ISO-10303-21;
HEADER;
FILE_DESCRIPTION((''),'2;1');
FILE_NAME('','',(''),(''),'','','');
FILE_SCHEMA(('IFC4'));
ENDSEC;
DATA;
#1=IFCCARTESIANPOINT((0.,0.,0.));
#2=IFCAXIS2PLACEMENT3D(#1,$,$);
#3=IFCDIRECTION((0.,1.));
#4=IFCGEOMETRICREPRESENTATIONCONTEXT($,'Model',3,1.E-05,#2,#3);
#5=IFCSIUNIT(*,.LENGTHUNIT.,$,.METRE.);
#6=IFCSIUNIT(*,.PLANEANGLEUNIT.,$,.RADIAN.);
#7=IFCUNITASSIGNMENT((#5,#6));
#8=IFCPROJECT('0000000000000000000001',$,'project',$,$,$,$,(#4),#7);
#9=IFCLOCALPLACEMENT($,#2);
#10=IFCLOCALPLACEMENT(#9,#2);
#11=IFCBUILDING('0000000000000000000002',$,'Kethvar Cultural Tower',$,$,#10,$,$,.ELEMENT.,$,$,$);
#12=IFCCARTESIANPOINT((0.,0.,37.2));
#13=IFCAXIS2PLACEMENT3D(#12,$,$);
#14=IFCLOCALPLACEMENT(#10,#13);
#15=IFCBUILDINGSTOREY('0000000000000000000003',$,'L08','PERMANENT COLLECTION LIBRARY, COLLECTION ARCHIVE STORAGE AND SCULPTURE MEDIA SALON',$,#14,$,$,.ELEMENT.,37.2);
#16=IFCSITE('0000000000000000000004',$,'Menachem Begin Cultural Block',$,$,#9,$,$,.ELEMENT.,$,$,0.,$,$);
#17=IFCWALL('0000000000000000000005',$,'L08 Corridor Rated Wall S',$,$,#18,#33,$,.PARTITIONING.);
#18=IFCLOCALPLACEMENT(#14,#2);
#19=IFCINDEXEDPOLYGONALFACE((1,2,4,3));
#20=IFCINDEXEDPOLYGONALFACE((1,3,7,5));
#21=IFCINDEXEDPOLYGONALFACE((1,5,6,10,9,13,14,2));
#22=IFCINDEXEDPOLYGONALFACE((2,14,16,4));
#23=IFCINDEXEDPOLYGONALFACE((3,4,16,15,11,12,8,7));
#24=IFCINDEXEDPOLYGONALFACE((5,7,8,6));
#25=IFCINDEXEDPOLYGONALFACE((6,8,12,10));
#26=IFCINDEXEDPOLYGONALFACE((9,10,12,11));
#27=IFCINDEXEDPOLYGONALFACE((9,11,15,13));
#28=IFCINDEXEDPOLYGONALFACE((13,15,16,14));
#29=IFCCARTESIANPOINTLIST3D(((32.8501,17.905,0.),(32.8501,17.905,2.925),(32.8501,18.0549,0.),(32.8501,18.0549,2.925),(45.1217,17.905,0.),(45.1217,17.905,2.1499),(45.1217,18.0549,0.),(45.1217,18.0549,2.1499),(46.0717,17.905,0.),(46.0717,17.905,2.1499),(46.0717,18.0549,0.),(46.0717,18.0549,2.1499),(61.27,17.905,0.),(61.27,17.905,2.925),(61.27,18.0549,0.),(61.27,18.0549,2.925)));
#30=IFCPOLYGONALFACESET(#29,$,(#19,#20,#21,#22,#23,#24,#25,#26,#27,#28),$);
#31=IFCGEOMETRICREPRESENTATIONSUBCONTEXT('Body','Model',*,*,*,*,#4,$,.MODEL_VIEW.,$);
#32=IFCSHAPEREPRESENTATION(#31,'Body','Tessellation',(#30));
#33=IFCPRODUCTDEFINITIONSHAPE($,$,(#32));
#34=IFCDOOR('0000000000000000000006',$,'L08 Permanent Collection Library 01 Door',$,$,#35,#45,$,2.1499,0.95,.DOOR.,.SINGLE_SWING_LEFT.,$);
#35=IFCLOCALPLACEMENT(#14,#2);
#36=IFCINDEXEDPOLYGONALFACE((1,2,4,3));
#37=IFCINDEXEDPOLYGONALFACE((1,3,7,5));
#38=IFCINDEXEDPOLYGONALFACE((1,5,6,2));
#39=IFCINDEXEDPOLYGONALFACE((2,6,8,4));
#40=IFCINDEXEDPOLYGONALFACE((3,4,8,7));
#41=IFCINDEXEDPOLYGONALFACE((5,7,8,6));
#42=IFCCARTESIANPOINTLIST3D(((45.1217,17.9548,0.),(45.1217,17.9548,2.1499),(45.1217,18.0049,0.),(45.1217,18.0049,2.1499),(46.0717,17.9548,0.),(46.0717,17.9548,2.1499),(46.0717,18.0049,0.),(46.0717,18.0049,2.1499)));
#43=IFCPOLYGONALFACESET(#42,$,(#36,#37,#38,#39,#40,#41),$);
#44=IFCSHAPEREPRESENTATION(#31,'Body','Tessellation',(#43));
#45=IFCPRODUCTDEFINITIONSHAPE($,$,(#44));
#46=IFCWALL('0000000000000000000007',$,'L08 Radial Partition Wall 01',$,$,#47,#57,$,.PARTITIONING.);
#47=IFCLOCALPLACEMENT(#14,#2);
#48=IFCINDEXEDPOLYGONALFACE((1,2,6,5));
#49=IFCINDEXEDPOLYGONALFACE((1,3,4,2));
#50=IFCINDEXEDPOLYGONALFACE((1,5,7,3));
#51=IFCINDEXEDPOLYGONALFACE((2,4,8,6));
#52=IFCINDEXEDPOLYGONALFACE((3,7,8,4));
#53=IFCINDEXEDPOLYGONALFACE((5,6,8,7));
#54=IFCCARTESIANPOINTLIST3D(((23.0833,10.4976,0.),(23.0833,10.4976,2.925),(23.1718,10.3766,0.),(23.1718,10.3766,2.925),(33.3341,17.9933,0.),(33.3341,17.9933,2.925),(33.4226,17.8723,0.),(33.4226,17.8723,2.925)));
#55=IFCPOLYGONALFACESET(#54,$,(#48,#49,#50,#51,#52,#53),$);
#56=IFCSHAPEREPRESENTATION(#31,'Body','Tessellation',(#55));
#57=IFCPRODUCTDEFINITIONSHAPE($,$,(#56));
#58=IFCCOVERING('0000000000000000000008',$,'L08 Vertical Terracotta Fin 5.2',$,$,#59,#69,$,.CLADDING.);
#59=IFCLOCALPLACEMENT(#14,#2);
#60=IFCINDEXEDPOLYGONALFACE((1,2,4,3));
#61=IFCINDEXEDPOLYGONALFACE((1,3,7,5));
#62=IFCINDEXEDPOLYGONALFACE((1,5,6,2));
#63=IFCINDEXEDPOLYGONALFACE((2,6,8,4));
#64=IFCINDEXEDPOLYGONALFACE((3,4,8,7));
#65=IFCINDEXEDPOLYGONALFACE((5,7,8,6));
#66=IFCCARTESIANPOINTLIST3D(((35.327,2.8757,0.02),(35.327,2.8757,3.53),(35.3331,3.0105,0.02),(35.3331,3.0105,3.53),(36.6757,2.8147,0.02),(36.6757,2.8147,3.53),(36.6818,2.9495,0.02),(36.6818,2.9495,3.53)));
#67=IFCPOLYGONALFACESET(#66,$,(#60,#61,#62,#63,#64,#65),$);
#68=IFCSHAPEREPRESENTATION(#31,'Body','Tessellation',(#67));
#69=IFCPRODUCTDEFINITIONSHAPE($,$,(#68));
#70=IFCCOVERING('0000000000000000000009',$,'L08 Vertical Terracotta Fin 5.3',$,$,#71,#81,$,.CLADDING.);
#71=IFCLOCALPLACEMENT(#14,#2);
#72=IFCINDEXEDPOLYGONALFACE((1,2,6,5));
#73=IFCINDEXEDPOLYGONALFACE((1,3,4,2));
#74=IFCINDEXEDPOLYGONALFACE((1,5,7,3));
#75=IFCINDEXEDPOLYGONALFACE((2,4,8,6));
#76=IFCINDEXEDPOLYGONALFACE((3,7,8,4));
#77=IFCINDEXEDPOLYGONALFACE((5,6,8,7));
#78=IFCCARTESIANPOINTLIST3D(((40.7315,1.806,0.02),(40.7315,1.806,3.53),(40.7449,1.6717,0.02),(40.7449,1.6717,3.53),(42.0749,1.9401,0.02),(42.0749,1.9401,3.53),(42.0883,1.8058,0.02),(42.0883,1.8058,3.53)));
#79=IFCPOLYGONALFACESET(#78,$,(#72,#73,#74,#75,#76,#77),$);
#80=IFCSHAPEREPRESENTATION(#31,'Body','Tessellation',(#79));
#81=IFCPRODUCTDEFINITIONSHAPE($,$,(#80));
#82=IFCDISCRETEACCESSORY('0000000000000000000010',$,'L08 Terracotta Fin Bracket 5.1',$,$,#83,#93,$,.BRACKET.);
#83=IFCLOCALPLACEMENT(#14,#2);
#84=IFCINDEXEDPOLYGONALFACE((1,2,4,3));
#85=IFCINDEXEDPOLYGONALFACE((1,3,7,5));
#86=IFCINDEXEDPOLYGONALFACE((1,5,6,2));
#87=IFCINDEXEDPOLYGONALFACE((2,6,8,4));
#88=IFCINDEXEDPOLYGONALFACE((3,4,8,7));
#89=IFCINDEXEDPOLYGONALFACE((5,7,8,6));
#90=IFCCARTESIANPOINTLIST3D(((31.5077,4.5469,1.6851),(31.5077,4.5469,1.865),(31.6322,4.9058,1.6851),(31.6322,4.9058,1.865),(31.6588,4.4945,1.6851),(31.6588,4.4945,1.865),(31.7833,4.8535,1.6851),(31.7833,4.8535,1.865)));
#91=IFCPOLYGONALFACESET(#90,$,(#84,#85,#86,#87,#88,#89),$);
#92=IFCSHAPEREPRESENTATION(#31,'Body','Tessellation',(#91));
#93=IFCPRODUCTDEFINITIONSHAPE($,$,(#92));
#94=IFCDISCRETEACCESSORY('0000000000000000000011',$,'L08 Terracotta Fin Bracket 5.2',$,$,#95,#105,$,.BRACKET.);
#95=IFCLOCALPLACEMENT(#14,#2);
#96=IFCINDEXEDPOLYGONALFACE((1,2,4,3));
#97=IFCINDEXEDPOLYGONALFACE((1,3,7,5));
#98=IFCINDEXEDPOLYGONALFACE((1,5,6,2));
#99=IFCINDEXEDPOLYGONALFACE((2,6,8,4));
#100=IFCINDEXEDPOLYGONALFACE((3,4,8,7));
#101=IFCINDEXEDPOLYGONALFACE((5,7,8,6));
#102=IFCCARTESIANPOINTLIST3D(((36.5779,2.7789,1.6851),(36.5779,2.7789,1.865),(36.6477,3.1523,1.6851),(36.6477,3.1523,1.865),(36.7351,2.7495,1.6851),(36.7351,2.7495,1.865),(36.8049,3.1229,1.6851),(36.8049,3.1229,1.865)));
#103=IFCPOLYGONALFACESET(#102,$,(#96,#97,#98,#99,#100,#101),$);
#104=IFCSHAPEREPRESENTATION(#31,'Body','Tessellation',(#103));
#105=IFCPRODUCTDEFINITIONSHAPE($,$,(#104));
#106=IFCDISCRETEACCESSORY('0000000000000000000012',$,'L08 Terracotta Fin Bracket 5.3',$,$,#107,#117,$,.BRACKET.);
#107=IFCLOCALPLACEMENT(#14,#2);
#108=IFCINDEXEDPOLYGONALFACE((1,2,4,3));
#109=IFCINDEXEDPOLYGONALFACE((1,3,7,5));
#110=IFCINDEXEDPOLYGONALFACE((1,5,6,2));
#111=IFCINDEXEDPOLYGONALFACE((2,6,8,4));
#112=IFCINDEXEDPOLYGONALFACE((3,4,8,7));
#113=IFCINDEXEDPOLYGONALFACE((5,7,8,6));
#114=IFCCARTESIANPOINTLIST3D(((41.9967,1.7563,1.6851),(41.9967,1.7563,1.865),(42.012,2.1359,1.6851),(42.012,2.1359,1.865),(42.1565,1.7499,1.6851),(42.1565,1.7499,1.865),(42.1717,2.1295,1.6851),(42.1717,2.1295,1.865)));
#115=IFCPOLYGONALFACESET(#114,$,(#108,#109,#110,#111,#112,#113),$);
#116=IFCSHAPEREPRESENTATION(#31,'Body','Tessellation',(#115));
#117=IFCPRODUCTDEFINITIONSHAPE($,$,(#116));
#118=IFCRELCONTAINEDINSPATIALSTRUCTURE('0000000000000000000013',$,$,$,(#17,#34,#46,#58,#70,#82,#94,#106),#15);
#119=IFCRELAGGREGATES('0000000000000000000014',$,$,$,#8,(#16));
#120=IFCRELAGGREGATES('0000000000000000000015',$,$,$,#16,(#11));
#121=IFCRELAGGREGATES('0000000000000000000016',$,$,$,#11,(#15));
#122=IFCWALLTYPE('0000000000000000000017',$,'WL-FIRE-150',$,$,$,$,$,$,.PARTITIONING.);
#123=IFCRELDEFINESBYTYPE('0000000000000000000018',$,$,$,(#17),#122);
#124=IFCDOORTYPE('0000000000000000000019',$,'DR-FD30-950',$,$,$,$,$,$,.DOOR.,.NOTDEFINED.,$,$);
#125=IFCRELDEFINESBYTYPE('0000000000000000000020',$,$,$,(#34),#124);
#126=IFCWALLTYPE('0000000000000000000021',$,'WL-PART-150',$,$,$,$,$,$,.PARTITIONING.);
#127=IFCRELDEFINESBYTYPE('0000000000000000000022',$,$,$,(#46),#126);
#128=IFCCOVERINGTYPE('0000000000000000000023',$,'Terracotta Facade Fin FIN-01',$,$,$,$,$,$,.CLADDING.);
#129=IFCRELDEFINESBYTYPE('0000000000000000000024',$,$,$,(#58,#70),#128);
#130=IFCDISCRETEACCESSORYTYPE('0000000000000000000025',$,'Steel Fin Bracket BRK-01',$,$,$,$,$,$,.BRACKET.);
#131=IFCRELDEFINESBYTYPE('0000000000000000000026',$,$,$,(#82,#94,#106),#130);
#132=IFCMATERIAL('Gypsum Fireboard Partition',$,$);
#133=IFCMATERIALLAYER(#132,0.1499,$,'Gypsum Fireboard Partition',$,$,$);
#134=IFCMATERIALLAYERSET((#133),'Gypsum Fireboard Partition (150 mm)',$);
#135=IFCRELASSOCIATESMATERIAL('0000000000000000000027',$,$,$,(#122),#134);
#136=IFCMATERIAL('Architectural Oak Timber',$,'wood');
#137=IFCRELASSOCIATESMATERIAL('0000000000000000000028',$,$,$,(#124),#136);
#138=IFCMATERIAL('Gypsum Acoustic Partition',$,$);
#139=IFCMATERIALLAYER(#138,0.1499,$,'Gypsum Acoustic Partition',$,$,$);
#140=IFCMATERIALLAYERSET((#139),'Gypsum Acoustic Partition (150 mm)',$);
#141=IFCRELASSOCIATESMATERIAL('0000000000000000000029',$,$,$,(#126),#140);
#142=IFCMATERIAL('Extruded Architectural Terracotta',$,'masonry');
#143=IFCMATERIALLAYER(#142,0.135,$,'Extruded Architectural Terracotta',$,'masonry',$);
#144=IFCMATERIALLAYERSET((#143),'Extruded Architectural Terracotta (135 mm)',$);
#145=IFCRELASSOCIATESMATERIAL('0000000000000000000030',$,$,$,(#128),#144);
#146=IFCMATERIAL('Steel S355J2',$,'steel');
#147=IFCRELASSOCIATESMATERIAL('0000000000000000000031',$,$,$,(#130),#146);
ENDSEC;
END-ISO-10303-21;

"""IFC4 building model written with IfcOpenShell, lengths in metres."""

from ifc_helpers import new_model, si_unit, direction, frame, frame_2d, origin, origin_2d, place, context, subcontext, project, spatial, rectangle, extrude, source, transform, mapped, material, layer, layer_set, type_object, element, fill, save


model = new_model("IFC4")

# Units and contexts
model_context = context("Model", 3, precision=1e-05, world=origin(), true_north=direction((0.0, 1.0)))
body_context = subcontext(model_context, "Body", "Model", "MODEL_VIEW")
ifc_project = project(units=[si_unit("LENGTHUNIT", "METRE"), si_unit("PLANEANGLEUNIT", "RADIAN")], contexts=[model_context])

# Site, building, storey
site_placement = place(None, origin())
site = spatial("IfcSite", under=ifc_project, at=site_placement, Name="Menachem Begin Cultural Block", CompositionType="ELEMENT", RefElevation=0.0)
building_placement = place(site_placement, origin())
building = spatial("IfcBuilding", under=site, at=building_placement, Name="Kethvar Cultural Tower", CompositionType="ELEMENT")
storey_placement = place(building_placement, frame((0.0, 0.0, 37.2)))
storey = spatial("IfcBuildingStorey", under=building, at=storey_placement, Name="L08", Description="PERMANENT COLLECTION LIBRARY, COLLECTION ARCHIVE STORAGE AND SCULPTURE MEDIA SALON", CompositionType="ELEMENT", Elevation=37.2)

# Shared definitions
ifc_material_1 = material(Name="Steel S355J2", Category="steel")

# Wall, opening, door
ifc_material_2 = material(Name="Gypsum Fireboard Partition")
ifc_layer_1 = layer(ifc_material_2, 0.1499, Name="Gypsum Fireboard Partition")
ifc_layer_set_1 = layer_set([ifc_layer_1], Name="Gypsum Fireboard Partition (150 mm)")
wall_type_1 = type_object("IfcWallType", Name="WL-FIRE-150", PredefinedType="PARTITIONING", material=ifc_layer_set_1)
wall_1_placement = place(storey_placement, frame((32.8501, 17.98, 0.0), z_axis=(0.0, 0.0, 1.0), x_axis=(1.0, 0.0, 0.0)))
wall_1 = element("IfcWall", 1, at=wall_1_placement, inside=storey, type_object=wall_type_1, Name="L08 Corridor Rated Wall S", PredefinedType="PARTITIONING", context=body_context, shape_type="SweptSolid", body=[
    extrude(rectangle(XDim=28.4199, YDim=0.1499, at=frame_2d((14.21, 0.0))), origin(), (0.0, 0.0, 1.0), 2.925),
])
opening_1_placement = place(wall_1_placement, frame((12.2715, 0.0, 0.0)))
opening_1 = element("IfcOpeningElement", 2, at=opening_1_placement, cuts=wall_1, PredefinedType="OPENING", context=body_context, shape_type="SweptSolid", body=[
    extrude(rectangle(XDim=0.95, YDim=2.1499, at=frame_2d((0.4751, 1.075))), frame((0.0, 0.085, 0.0), z_axis=(0.0, -1.0, 0.0), x_axis=(1.0, 0.0, 0.0)), (0.0, 0.0, 1.0), 0.1699),
])
ifc_material_3 = material(Name="Architectural Oak Timber", Category="wood")
door_type_1 = type_object("IfcDoorType", Name="DR-FD30-950", OperationType="NOTDEFINED", PredefinedType="DOOR", material=ifc_material_3)
shared_shape_1 = source(origin(), body_context, "Body", "SweptSolid", [
    extrude(rectangle(XDim=0.95, YDim=2.1499, at=frame_2d((0.4751, 1.075))), frame((0.0, 0.0249, 0.0), z_axis=(0.0, -1.0, 0.0), x_axis=(1.0, 0.0, 0.0)), (0.0, 0.0, 1.0), 0.05),
])
door_1_placement = place(opening_1_placement, origin())
door_1 = element("IfcDoor", 3, at=door_1_placement, inside=storey, type_object=door_type_1, Name="L08 Permanent Collection Library 01 Door", OperationType="SINGLE_SWING_LEFT", OverallHeight=2.1499, OverallWidth=0.95, PredefinedType="DOOR", context=body_context, shape_type="MappedRepresentation", body=[
    mapped(shared_shape_1, transform((0.0, 0.0, 0.0), scale=1.0)),
])
fill(opening_1, door_1)

# Wall
ifc_material_4 = material(Name="Gypsum Acoustic Partition")
ifc_layer_2 = layer(ifc_material_4, 0.1499, Name="Gypsum Acoustic Partition")
ifc_layer_set_2 = layer_set([ifc_layer_2], Name="Gypsum Acoustic Partition (150 mm)")
wall_type_2 = type_object("IfcWallType", Name="WL-PART-150", PredefinedType="PARTITIONING", material=ifc_layer_set_2)
wall_2_placement = place(storey_placement, frame((33.3784, 17.9329, 0.0), z_axis=(0.0, 0.0, 1.0), x_axis=(-0.807215, -0.590257, 0.0)))
element("IfcWall", 4, at=wall_2_placement, inside=storey, type_object=wall_type_2, Name="L08 Radial Partition Wall 01", PredefinedType="PARTITIONING", context=body_context, shape_type="SweptSolid", body=[
    extrude(rectangle(XDim=12.699, YDim=0.1499, at=frame_2d((6.3496, 0.0))), origin(), (0.0, 0.0, 1.0), 2.925),
])

# Coverings
ifc_material_5 = material(Name="Extruded Architectural Terracotta", Category="masonry")
ifc_layer_3 = layer(ifc_material_5, 0.135, Name="Extruded Architectural Terracotta", Category="masonry")
ifc_layer_set_3 = layer_set([ifc_layer_3], Name="Extruded Architectural Terracotta (135 mm)")
covering_type = type_object("IfcCoveringType", Name="Terracotta Facade Fin FIN-01", PredefinedType="CLADDING", material=ifc_layer_set_3)
shared_shape_2 = source(origin(), body_context, "Body", "SweptSolid", [
    extrude(rectangle(XDim=1.3501, YDim=0.135, at=origin_2d()), origin(), (0.0, 0.0, 1.0), 3.51),
])
for number, where, z_axis, x_axis, name in (
    (5, (36.0044, 2.9126, 0.02), (0.0, 0.0, 1.0), (-0.998978, 0.045189, 0.0), "L08 Vertical Terracotta Fin 5.2"),
    (6, (41.4099, 1.8059, 0.02), (0.0, 0.0, 1.0), (-0.995056, -0.09932, 0.0), "L08 Vertical Terracotta Fin 5.3"),
):
    element("IfcCovering", number, at=place(storey_placement, frame(where, z_axis=z_axis, x_axis=x_axis)), inside=storey, type_object=covering_type, Name=name, PredefinedType="CLADDING", context=body_context, shape_type="MappedRepresentation", body=[
        mapped(shared_shape_2, transform((0.0, 0.0, 0.0), scale=1.0)),
    ])

# Discrete accessories
discrete_accessory_type = type_object("IfcDiscreteAccessoryType", Name="Steel Fin Bracket BRK-01", PredefinedType="BRACKET", material=ifc_material_1)
shared_shape_3 = source(origin(), body_context, "Body", "SweptSolid", [
    extrude(rectangle(XDim=0.3799, YDim=0.1599, at=origin_2d()), origin(), (0.0, 0.0, 1.0), 0.1799),
])
for number, where, z_axis, x_axis, name in (
    (7, (31.6455, 4.7002, 1.6851), (0.0, 0.0, 1.0), (-0.327548, -0.944835, 0.0), "L08 Terracotta Fin Bracket 5.1"),
    (8, (36.6914, 2.9509, 1.6851), (0.0, 0.0, 1.0), (-0.18378, -0.982967, 0.0), "L08 Terracotta Fin Bracket 5.2"),
    (9, (42.0842, 1.9429, 1.6851), (0.0, 0.0, 1.0), (-0.040132, -0.999194, 0.0), "L08 Terracotta Fin Bracket 5.3"),
):
    element("IfcDiscreteAccessory", number, at=place(storey_placement, frame(where, z_axis=z_axis, x_axis=x_axis)), inside=storey, type_object=discrete_accessory_type, Name=name, PredefinedType="BRACKET", context=body_context, shape_type="MappedRepresentation", body=[
        mapped(shared_shape_3, transform((0.0, 0.0, 0.0), scale=1.0)),
    ])

save(model, "model.ifc")
